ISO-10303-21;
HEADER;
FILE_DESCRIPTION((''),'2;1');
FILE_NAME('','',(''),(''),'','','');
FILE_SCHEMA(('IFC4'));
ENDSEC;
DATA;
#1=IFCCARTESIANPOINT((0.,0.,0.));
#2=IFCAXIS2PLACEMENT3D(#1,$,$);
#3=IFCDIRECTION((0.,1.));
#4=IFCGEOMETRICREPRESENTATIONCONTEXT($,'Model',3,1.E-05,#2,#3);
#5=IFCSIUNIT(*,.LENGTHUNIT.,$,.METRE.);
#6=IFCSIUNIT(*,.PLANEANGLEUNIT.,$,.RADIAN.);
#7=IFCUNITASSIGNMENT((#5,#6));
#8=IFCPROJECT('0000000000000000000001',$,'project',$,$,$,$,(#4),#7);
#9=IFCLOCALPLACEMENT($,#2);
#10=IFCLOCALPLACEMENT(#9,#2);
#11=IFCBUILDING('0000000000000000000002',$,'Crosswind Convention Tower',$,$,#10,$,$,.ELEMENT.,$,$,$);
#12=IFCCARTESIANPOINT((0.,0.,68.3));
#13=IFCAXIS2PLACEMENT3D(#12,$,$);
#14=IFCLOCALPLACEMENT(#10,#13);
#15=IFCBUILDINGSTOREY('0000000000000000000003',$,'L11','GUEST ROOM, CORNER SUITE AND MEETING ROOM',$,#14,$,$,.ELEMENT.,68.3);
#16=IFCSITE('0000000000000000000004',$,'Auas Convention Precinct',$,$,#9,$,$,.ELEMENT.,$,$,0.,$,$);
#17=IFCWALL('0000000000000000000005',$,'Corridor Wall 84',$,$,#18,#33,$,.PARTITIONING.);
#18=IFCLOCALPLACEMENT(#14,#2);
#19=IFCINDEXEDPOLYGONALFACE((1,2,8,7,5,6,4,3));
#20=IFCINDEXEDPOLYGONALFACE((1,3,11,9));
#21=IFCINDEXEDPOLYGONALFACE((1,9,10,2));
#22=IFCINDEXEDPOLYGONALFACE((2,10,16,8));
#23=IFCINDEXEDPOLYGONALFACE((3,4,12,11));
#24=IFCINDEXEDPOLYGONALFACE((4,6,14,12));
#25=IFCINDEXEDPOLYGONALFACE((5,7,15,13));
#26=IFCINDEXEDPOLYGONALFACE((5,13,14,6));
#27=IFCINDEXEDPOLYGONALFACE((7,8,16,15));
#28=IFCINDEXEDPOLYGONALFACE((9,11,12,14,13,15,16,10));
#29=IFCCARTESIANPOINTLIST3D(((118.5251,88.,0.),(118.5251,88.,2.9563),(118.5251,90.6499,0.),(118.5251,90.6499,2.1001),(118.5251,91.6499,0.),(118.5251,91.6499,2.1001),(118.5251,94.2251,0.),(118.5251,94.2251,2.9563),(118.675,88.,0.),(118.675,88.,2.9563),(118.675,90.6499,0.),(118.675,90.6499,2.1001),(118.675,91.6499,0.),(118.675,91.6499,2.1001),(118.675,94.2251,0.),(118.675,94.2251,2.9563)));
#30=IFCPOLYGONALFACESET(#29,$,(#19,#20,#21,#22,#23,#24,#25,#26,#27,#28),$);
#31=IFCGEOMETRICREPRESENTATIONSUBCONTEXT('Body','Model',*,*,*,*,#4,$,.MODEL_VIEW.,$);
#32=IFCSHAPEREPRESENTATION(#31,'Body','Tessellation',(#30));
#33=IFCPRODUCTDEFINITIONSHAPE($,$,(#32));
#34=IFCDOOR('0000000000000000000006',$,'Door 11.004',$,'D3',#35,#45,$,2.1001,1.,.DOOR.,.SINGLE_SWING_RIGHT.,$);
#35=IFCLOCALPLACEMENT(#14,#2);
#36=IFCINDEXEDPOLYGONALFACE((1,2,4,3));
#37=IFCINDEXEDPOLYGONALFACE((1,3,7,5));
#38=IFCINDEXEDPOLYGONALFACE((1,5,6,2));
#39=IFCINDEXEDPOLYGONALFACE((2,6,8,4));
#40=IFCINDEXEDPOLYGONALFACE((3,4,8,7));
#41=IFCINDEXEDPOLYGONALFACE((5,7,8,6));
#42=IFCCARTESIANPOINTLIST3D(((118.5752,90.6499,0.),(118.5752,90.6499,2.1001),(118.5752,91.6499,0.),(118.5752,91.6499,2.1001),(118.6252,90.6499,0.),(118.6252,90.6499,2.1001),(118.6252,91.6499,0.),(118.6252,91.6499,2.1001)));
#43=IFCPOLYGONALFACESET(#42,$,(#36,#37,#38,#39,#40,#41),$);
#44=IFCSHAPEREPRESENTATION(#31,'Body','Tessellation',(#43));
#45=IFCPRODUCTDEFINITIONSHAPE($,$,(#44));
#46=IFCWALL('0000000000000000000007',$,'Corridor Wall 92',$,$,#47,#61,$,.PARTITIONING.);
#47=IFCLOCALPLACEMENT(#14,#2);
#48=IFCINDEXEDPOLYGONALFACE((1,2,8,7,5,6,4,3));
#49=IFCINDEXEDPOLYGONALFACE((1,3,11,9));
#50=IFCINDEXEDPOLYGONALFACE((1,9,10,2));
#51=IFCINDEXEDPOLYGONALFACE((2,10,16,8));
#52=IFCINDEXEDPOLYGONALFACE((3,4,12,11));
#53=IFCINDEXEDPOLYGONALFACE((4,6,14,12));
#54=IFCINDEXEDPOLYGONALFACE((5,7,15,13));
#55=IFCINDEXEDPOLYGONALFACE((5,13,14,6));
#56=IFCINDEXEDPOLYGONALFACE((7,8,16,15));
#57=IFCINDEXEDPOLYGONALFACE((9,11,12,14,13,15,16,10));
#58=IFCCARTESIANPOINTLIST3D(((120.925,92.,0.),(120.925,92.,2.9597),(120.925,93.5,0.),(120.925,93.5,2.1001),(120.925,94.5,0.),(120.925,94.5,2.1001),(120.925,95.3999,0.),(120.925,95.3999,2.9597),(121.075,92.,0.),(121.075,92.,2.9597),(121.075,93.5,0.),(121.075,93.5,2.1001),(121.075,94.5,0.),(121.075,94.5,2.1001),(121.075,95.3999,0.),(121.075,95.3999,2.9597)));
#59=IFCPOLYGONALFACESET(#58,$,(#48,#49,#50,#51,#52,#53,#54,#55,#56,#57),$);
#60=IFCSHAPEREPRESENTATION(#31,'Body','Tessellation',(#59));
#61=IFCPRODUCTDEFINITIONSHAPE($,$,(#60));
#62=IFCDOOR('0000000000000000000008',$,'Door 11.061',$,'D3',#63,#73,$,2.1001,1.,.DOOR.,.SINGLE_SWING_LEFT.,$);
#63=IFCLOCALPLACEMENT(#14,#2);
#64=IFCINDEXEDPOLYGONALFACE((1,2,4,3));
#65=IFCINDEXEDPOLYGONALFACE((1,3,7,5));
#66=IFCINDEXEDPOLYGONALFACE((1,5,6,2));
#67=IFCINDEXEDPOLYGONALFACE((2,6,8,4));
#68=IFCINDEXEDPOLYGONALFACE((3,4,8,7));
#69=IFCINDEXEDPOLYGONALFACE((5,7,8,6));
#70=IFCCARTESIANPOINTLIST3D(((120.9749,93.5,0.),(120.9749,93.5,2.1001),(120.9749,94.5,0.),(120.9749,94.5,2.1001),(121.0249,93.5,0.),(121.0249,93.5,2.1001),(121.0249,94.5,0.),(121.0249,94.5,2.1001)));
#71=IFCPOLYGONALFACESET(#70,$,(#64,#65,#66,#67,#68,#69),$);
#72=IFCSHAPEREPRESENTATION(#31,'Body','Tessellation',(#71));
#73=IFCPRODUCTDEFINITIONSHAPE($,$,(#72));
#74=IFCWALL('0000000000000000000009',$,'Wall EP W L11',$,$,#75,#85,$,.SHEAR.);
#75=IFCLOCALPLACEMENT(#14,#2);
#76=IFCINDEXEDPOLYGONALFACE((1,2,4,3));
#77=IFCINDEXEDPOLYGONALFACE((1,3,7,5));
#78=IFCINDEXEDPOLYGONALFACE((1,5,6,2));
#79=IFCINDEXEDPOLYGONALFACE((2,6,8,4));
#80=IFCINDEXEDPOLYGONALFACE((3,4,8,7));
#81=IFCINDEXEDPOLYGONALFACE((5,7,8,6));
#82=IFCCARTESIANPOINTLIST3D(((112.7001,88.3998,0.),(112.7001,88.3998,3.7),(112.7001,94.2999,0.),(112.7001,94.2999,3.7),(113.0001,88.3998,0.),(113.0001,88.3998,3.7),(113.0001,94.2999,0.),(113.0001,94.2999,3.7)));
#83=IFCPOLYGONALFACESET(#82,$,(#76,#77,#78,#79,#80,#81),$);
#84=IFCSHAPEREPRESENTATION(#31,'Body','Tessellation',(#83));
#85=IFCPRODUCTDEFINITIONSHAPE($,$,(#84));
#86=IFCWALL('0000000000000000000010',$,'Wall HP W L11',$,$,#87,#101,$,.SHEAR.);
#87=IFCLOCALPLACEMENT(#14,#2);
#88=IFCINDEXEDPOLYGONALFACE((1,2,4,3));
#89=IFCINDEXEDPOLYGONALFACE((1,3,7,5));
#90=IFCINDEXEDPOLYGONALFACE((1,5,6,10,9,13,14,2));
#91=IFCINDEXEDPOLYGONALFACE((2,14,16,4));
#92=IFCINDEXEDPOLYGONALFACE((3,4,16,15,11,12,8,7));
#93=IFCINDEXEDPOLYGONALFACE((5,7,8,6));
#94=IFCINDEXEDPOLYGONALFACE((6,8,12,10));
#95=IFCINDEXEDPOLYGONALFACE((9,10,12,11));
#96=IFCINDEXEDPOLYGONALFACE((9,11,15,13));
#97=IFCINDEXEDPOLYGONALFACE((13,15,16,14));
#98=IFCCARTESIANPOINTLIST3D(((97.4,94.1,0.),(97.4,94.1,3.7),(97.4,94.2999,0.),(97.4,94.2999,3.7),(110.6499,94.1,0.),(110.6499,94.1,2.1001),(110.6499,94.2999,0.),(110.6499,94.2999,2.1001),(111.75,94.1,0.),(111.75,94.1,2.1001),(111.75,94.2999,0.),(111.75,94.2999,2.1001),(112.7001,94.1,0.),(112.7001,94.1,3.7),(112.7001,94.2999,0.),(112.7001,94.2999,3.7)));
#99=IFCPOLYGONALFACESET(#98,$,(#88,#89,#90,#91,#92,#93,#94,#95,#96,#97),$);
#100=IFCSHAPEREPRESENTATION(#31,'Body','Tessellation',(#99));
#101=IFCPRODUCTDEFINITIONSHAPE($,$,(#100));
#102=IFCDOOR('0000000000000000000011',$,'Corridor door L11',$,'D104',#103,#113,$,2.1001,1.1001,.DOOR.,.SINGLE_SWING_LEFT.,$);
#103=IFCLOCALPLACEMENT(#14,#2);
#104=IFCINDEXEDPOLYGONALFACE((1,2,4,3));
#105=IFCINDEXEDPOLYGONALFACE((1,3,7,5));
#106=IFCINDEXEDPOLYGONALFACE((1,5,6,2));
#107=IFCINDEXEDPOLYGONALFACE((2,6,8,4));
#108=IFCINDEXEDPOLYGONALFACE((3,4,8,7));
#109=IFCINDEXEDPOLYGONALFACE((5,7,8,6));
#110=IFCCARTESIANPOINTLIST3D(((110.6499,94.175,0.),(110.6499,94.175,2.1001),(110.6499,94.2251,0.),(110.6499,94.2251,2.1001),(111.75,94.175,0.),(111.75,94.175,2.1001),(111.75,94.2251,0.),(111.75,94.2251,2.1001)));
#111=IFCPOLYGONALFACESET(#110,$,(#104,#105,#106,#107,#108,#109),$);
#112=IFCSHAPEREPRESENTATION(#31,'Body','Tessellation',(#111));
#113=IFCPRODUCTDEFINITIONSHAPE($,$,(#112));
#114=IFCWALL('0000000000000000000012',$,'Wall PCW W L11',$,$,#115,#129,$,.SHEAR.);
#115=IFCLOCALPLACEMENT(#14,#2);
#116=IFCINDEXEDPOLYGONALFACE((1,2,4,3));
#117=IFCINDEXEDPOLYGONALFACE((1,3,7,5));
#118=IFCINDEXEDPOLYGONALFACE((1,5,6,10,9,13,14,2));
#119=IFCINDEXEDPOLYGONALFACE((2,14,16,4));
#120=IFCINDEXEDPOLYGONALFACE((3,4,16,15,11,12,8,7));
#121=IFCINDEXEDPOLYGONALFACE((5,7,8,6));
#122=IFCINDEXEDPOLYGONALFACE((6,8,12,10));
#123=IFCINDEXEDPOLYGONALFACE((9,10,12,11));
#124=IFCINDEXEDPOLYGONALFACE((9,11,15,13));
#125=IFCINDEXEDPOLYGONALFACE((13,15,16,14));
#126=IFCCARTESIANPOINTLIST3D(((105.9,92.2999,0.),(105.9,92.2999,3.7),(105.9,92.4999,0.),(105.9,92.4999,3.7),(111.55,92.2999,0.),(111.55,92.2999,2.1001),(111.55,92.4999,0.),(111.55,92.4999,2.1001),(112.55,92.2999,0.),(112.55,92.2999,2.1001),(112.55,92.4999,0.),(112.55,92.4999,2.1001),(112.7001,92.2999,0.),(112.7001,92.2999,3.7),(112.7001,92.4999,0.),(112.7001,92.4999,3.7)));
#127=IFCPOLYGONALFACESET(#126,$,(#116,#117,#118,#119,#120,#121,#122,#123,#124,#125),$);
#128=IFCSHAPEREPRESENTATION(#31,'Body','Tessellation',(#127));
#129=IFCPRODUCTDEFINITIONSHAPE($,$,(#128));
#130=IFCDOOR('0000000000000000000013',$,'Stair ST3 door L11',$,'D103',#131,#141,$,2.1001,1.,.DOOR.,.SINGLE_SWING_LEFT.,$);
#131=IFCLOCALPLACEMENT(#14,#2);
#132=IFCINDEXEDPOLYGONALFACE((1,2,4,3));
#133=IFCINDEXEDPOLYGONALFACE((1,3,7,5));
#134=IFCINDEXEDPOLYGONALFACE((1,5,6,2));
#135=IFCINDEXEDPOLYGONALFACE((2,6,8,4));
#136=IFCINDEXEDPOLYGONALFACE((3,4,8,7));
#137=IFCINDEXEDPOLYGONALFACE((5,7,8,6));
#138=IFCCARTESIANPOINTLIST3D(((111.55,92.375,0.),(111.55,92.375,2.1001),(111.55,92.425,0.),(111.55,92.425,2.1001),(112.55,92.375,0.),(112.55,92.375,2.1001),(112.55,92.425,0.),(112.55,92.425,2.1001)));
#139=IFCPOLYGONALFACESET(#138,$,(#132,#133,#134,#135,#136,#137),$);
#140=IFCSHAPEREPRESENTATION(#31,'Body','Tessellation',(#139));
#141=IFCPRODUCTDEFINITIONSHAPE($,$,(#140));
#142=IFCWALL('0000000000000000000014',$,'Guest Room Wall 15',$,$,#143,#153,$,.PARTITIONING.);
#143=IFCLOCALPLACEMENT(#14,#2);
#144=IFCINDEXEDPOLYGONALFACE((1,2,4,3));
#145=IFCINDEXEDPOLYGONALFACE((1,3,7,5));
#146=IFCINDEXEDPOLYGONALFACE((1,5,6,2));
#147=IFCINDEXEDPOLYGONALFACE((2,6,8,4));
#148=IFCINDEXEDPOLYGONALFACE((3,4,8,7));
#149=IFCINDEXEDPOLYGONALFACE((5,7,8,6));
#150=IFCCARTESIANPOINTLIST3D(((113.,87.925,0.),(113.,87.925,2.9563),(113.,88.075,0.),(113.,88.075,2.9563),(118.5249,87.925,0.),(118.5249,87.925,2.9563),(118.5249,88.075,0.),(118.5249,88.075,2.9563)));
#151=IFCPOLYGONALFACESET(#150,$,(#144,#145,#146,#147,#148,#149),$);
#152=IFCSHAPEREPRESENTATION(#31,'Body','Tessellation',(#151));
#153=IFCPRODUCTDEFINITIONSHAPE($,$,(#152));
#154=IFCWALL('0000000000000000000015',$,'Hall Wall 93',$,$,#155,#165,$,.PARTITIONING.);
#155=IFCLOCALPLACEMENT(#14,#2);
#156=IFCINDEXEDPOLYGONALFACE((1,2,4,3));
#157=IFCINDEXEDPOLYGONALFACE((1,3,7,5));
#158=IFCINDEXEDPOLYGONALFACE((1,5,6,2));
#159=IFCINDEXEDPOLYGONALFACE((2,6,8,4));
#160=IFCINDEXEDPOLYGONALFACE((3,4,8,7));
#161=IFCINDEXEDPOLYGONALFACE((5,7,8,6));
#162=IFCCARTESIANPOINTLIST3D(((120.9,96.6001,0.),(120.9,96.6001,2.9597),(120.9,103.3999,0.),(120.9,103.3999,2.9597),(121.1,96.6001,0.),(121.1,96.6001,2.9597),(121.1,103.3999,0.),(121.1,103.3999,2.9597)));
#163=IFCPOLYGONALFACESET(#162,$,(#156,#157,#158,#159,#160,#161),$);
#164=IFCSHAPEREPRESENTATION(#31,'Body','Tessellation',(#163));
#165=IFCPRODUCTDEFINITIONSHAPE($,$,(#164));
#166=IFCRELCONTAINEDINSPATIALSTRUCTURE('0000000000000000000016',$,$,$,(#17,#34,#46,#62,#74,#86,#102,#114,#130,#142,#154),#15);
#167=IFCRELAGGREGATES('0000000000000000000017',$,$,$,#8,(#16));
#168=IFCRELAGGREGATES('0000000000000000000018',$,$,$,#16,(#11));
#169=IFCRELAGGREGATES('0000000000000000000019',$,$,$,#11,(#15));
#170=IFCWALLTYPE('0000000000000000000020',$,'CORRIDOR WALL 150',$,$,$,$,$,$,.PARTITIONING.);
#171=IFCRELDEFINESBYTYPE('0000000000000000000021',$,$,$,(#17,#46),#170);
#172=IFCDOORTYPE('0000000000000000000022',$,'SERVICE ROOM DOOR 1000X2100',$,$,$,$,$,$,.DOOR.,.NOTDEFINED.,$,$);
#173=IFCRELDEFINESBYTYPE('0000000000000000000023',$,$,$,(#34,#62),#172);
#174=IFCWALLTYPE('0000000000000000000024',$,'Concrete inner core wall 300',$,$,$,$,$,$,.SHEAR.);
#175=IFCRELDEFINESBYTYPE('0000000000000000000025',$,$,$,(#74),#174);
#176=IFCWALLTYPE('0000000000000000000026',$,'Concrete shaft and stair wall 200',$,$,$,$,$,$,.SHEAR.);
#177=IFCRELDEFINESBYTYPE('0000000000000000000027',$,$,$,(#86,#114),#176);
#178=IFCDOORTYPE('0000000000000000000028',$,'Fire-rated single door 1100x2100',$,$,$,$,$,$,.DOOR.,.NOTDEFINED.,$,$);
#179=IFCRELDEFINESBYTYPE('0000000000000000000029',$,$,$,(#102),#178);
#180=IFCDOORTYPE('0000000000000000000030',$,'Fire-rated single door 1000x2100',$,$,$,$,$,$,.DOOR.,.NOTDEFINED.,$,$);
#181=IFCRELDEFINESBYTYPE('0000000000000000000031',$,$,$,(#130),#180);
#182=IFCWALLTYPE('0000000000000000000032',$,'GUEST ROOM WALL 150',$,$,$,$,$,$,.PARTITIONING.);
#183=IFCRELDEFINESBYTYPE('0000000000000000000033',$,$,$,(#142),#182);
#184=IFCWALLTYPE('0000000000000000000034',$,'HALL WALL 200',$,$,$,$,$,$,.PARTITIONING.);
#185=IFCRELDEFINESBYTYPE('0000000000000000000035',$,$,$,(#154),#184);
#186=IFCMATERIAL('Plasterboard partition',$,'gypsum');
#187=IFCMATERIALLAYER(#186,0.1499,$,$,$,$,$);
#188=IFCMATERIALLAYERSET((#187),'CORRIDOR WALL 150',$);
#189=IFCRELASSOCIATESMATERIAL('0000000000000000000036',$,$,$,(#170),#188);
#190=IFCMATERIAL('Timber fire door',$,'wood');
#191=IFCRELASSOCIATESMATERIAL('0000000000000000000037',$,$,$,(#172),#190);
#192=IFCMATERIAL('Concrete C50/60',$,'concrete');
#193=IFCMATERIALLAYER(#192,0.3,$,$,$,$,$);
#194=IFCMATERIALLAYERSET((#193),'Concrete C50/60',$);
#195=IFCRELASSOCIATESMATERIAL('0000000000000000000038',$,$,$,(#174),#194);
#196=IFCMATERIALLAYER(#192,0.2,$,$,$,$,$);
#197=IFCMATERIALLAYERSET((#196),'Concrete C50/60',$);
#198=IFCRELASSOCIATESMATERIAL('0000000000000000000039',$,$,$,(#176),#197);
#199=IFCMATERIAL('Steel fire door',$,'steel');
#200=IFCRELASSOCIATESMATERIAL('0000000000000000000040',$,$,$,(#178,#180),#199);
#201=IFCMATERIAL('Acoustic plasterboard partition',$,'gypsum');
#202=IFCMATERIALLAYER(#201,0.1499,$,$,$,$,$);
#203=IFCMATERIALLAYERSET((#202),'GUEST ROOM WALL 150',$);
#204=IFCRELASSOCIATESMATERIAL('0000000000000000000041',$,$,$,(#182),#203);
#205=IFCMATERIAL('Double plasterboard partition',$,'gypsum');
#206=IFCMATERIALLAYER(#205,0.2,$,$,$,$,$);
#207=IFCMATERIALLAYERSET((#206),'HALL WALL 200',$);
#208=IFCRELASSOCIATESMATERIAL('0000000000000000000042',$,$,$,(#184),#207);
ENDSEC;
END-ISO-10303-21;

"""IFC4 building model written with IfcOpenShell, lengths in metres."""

from ifc_helpers import new_model, si_unit, direction, frame, frame_2d, origin, place, context, subcontext, project, spatial, rectangle, extrude, material, layer, layer_set, type_object, element, fill, save


model = new_model("IFC4")

# Units and contexts
model_context = context("Model", 3, precision=1e-05, world=origin(), true_north=direction((0.0, 1.0)))
body_context = subcontext(model_context, "Body", "Model", "MODEL_VIEW")
ifc_project = project(units=[si_unit("LENGTHUNIT", "METRE"), si_unit("PLANEANGLEUNIT", "RADIAN")], contexts=[model_context])

# Site, building, storey
site_placement = place(None, origin())
site = spatial("IfcSite", under=ifc_project, at=site_placement, Name="Auas Convention Precinct", CompositionType="ELEMENT", RefElevation=0.0)
building_placement = place(site_placement, origin())
building = spatial("IfcBuilding", under=site, at=building_placement, Name="Crosswind Convention Tower", CompositionType="ELEMENT")
storey_placement = place(building_placement, frame((0.0, 0.0, 68.3)))
storey = spatial("IfcBuildingStorey", under=building, at=storey_placement, Name="L11", Description="GUEST ROOM, CORNER SUITE AND MEETING ROOM", CompositionType="ELEMENT", Elevation=68.3)

# Shared definitions
ifc_material_1 = material(Name="Steel fire door", Category="steel")

# Shared definitions
ifc_material_2 = material(Name="Plasterboard partition", Category="gypsum")
ifc_layer_1 = layer(ifc_material_2, 0.1499)
ifc_layer_set_1 = layer_set([ifc_layer_1], Name="CORRIDOR WALL 150")
wall_type_1 = type_object("IfcWallType", Name="CORRIDOR WALL 150", PredefinedType="PARTITIONING", material=ifc_layer_set_1)

# Walls, openings, doors
wall_1_placement = place(storey_placement, frame((118.6001, 88.0, 0.0), z_axis=(0.0, 0.0, 1.0), x_axis=(0.0, 1.0, 0.0)))
wall_1 = element("IfcWall", 1, at=wall_1_placement, inside=storey, type_object=wall_type_1, Name="Corridor Wall 84", PredefinedType="PARTITIONING", context=body_context, shape_type="SweptSolid", body=[
    extrude(rectangle(XDim=6.2251, YDim=0.1499, at=frame_2d((3.1125, 0.0))), origin(), (0.0, 0.0, 1.0), 2.9563),
])
opening_1_placement = place(wall_1_placement, frame((2.6499, 0.0, 0.0)))
opening_1 = element("IfcOpeningElement", 2, at=opening_1_placement, cuts=wall_1, PredefinedType="OPENING", context=body_context, shape_type="SweptSolid", body=[
    extrude(rectangle(XDim=1.0, YDim=2.1001, at=frame_2d((0.5, 1.05))), frame((0.0, 0.085, 0.0), z_axis=(0.0, -1.0, 0.0), x_axis=(1.0, 0.0, 0.0)), (0.0, 0.0, 1.0), 0.1699),
])
ifc_material_3 = material(Name="Timber fire door", Category="wood")
door_type_1 = type_object("IfcDoorType", Name="SERVICE ROOM DOOR 1000X2100", OperationType="NOTDEFINED", PredefinedType="DOOR", material=ifc_material_3)
door_1_placement = place(opening_1_placement, origin())
door_1 = element("IfcDoor", 3, at=door_1_placement, inside=storey, type_object=door_type_1, Name="Door 11.004", ObjectType="D3", OperationType="SINGLE_SWING_RIGHT", OverallHeight=2.1001, OverallWidth=1.0, PredefinedType="DOOR", context=body_context, shape_type="SweptSolid", body=[
    extrude(rectangle(XDim=1.0, YDim=2.1001, at=frame_2d((0.5, 1.05))), frame((0.0, 0.0249, 0.0), z_axis=(0.0, -1.0, 0.0), x_axis=(1.0, 0.0, 0.0)), (0.0, 0.0, 1.0), 0.05),
])
fill(opening_1, door_1)
wall_2_placement = place(storey_placement, frame((121.0, 92.0, 0.0), z_axis=(0.0, 0.0, 1.0), x_axis=(0.0, 1.0, 0.0)))
wall_2 = element("IfcWall", 4, at=wall_2_placement, inside=storey, type_object=wall_type_1, Name="Corridor Wall 92", PredefinedType="PARTITIONING", context=body_context, shape_type="SweptSolid", body=[
    extrude(rectangle(XDim=3.3999, YDim=0.1499, at=frame_2d((1.7, 0.0))), origin(), (0.0, 0.0, 1.0), 2.9597),
])
opening_2_placement = place(wall_2_placement, frame((1.5, 0.0, 0.0)))
opening_2 = element("IfcOpeningElement", 5, at=opening_2_placement, cuts=wall_2, PredefinedType="OPENING", context=body_context, shape_type="SweptSolid", body=[
    extrude(rectangle(XDim=1.0, YDim=2.1001, at=frame_2d((0.5, 1.05))), frame((0.0, 0.085, 0.0), z_axis=(0.0, -1.0, 0.0), x_axis=(1.0, 0.0, 0.0)), (0.0, 0.0, 1.0), 0.1699),
])
door_2_placement = place(opening_2_placement, frame((1.0, 0.0, 0.0), z_axis=(0.0, 0.0, 1.0), x_axis=(-1.0, 0.0, 0.0)))
door_2 = element("IfcDoor", 6, at=door_2_placement, inside=storey, type_object=door_type_1, Name="Door 11.061", ObjectType="D3", OperationType="SINGLE_SWING_LEFT", OverallHeight=2.1001, OverallWidth=1.0, PredefinedType="DOOR", context=body_context, shape_type="SweptSolid", body=[
    extrude(rectangle(XDim=1.0, YDim=2.1001, at=frame_2d((0.5, 1.05))), frame((0.0, 0.0249, 0.0), z_axis=(0.0, -1.0, 0.0), x_axis=(1.0, 0.0, 0.0)), (0.0, 0.0, 1.0), 0.05),
])
fill(opening_2, door_2)

# Wall
ifc_material_4 = material(Name="Concrete C50/60", Category="concrete")
ifc_layer_2 = layer(ifc_material_4, 0.3)
ifc_layer_set_2 = layer_set([ifc_layer_2], Name="Concrete C50/60")
wall_type_2 = type_object("IfcWallType", Name="Concrete inner core wall 300", PredefinedType="SHEAR", material=ifc_layer_set_2)
wall_3_placement = place(storey_placement, frame((112.8501, 94.3, 0.0), z_axis=(0.0, 0.0, 1.0), x_axis=(0.0, -1.0, 0.0)))
element("IfcWall", 7, at=wall_3_placement, inside=storey, type_object=wall_type_2, Name="Wall EP W L11", PredefinedType="SHEAR", context=body_context, shape_type="SweptSolid", body=[
    extrude(rectangle(XDim=5.9001, YDim=0.3, at=frame_2d((2.9502, 0.0))), origin(), (0.0, 0.0, 1.0), 3.7),
])

# Walls, openings, doors
ifc_layer_3 = layer(ifc_material_4, 0.2)
ifc_layer_set_3 = layer_set([ifc_layer_3], Name="Concrete C50/60")
wall_type_3 = type_object("IfcWallType", Name="Concrete shaft and stair wall 200", PredefinedType="SHEAR", material=ifc_layer_set_3)
wall_4_placement = place(storey_placement, frame((112.7, 94.2, 0.0), z_axis=(0.0, 0.0, 1.0), x_axis=(-1.0, 0.0, 0.0)))
wall_4 = element("IfcWall", 8, at=wall_4_placement, inside=storey, type_object=wall_type_3, Name="Wall HP W L11", PredefinedType="SHEAR", context=body_context, shape_type="SweptSolid", body=[
    extrude(rectangle(XDim=15.3, YDim=0.2, at=frame_2d((7.6499, 0.0))), origin(), (0.0, 0.0, 1.0), 3.7),
])
opening_3_placement = place(wall_4_placement, frame((0.95, 0.0, 0.0)))
opening_3 = element("IfcOpeningElement", 9, at=opening_3_placement, cuts=wall_4, PredefinedType="OPENING", context=body_context, shape_type="SweptSolid", body=[
    extrude(rectangle(XDim=1.1001, YDim=2.1001, at=frame_2d((0.55, 1.05))), frame((0.0, 0.1099, 0.0), z_axis=(0.0, -1.0, 0.0), x_axis=(1.0, 0.0, 0.0)), (0.0, 0.0, 1.0), 0.22),
])
door_type_2 = type_object("IfcDoorType", Name="Fire-rated single door 1100x2100", OperationType="NOTDEFINED", PredefinedType="DOOR", material=ifc_material_1)
door_3_placement = place(opening_3_placement, origin())
door_3 = element("IfcDoor", 10, at=door_3_placement, inside=storey, type_object=door_type_2, Name="Corridor door L11", ObjectType="D104", OperationType="SINGLE_SWING_LEFT", OverallHeight=2.1001, OverallWidth=1.1001, PredefinedType="DOOR", context=body_context, shape_type="SweptSolid", body=[
    extrude(rectangle(XDim=1.1001, YDim=2.1001, at=frame_2d((0.55, 1.05))), frame((0.0, 0.0249, 0.0), z_axis=(0.0, -1.0, 0.0), x_axis=(1.0, 0.0, 0.0)), (0.0, 0.0, 1.0), 0.05),
])
fill(opening_3, door_3)
wall_5_placement = place(storey_placement, frame((112.7, 92.3999, 0.0), z_axis=(0.0, 0.0, 1.0), x_axis=(-1.0, 0.0, 0.0)))
wall_5 = element("IfcWall", 11, at=wall_5_placement, inside=storey, type_object=wall_type_3, Name="Wall PCW W L11", PredefinedType="SHEAR", context=body_context, shape_type="SweptSolid", body=[
    extrude(rectangle(XDim=6.8, YDim=0.2, at=frame_2d((3.3999, 0.0))), origin(), (0.0, 0.0, 1.0), 3.7),
])
opening_4_placement = place(wall_5_placement, frame((0.1499, 0.0, 0.0)))
opening_4 = element("IfcOpeningElement", 12, at=opening_4_placement, cuts=wall_5, PredefinedType="OPENING", context=body_context, shape_type="SweptSolid", body=[
    extrude(rectangle(XDim=1.0, YDim=2.1001, at=frame_2d((0.5, 1.05))), frame((0.0, 0.1099, 0.0), z_axis=(0.0, -1.0, 0.0), x_axis=(1.0, 0.0, 0.0)), (0.0, 0.0, 1.0), 0.22),
])
door_type_3 = type_object("IfcDoorType", Name="Fire-rated single door 1000x2100", OperationType="NOTDEFINED", PredefinedType="DOOR", material=ifc_material_1)
door_4_placement = place(opening_4_placement, origin())
door_4 = element("IfcDoor", 13, at=door_4_placement, inside=storey, type_object=door_type_3, Name="Stair ST3 door L11", ObjectType="D103", OperationType="SINGLE_SWING_LEFT", OverallHeight=2.1001, OverallWidth=1.0, PredefinedType="DOOR", context=body_context, shape_type="SweptSolid", body=[
    extrude(rectangle(XDim=1.0, YDim=2.1001, at=frame_2d((0.5, 1.05))), frame((0.0, 0.0249, 0.0), z_axis=(0.0, -1.0, 0.0), x_axis=(1.0, 0.0, 0.0)), (0.0, 0.0, 1.0), 0.05),
])
fill(opening_4, door_4)

# Walls
ifc_material_5 = material(Name="Acoustic plasterboard partition", Category="gypsum")
ifc_layer_4 = layer(ifc_material_5, 0.1499)
ifc_layer_set_4 = layer_set([ifc_layer_4], Name="GUEST ROOM WALL 150")
wall_type_4 = type_object("IfcWallType", Name="GUEST ROOM WALL 150", PredefinedType="PARTITIONING", material=ifc_layer_set_4)
wall_6_placement = place(storey_placement, frame((113.0, 88.0, 0.0), z_axis=(0.0, 0.0, 1.0), x_axis=(1.0, 0.0, 0.0)))
element("IfcWall", 14, at=wall_6_placement, inside=storey, type_object=wall_type_4, Name="Guest Room Wall 15", PredefinedType="PARTITIONING", context=body_context, shape_type="SweptSolid", body=[
    extrude(rectangle(XDim=5.5249, YDim=0.1499, at=frame_2d((2.7625, 0.0))), origin(), (0.0, 0.0, 1.0), 2.9563),
])
ifc_material_6 = material(Name="Double plasterboard partition", Category="gypsum")
ifc_layer_5 = layer(ifc_material_6, 0.2)
ifc_layer_set_5 = layer_set([ifc_layer_5], Name="HALL WALL 200")
wall_type_5 = type_object("IfcWallType", Name="HALL WALL 200", PredefinedType="PARTITIONING", material=ifc_layer_set_5)
wall_7_placement = place(storey_placement, frame((121.0, 96.6001, 0.0), z_axis=(0.0, 0.0, 1.0), x_axis=(0.0, 1.0, 0.0)))
element("IfcWall", 15, at=wall_7_placement, inside=storey, type_object=wall_type_5, Name="Hall Wall 93", PredefinedType="PARTITIONING", context=body_context, shape_type="SweptSolid", body=[
    extrude(rectangle(XDim=6.7998, YDim=0.2, at=frame_2d((3.3999, 0.0))), origin(), (0.0, 0.0, 1.0), 2.9597),
])

save(model, "model.ifc")
